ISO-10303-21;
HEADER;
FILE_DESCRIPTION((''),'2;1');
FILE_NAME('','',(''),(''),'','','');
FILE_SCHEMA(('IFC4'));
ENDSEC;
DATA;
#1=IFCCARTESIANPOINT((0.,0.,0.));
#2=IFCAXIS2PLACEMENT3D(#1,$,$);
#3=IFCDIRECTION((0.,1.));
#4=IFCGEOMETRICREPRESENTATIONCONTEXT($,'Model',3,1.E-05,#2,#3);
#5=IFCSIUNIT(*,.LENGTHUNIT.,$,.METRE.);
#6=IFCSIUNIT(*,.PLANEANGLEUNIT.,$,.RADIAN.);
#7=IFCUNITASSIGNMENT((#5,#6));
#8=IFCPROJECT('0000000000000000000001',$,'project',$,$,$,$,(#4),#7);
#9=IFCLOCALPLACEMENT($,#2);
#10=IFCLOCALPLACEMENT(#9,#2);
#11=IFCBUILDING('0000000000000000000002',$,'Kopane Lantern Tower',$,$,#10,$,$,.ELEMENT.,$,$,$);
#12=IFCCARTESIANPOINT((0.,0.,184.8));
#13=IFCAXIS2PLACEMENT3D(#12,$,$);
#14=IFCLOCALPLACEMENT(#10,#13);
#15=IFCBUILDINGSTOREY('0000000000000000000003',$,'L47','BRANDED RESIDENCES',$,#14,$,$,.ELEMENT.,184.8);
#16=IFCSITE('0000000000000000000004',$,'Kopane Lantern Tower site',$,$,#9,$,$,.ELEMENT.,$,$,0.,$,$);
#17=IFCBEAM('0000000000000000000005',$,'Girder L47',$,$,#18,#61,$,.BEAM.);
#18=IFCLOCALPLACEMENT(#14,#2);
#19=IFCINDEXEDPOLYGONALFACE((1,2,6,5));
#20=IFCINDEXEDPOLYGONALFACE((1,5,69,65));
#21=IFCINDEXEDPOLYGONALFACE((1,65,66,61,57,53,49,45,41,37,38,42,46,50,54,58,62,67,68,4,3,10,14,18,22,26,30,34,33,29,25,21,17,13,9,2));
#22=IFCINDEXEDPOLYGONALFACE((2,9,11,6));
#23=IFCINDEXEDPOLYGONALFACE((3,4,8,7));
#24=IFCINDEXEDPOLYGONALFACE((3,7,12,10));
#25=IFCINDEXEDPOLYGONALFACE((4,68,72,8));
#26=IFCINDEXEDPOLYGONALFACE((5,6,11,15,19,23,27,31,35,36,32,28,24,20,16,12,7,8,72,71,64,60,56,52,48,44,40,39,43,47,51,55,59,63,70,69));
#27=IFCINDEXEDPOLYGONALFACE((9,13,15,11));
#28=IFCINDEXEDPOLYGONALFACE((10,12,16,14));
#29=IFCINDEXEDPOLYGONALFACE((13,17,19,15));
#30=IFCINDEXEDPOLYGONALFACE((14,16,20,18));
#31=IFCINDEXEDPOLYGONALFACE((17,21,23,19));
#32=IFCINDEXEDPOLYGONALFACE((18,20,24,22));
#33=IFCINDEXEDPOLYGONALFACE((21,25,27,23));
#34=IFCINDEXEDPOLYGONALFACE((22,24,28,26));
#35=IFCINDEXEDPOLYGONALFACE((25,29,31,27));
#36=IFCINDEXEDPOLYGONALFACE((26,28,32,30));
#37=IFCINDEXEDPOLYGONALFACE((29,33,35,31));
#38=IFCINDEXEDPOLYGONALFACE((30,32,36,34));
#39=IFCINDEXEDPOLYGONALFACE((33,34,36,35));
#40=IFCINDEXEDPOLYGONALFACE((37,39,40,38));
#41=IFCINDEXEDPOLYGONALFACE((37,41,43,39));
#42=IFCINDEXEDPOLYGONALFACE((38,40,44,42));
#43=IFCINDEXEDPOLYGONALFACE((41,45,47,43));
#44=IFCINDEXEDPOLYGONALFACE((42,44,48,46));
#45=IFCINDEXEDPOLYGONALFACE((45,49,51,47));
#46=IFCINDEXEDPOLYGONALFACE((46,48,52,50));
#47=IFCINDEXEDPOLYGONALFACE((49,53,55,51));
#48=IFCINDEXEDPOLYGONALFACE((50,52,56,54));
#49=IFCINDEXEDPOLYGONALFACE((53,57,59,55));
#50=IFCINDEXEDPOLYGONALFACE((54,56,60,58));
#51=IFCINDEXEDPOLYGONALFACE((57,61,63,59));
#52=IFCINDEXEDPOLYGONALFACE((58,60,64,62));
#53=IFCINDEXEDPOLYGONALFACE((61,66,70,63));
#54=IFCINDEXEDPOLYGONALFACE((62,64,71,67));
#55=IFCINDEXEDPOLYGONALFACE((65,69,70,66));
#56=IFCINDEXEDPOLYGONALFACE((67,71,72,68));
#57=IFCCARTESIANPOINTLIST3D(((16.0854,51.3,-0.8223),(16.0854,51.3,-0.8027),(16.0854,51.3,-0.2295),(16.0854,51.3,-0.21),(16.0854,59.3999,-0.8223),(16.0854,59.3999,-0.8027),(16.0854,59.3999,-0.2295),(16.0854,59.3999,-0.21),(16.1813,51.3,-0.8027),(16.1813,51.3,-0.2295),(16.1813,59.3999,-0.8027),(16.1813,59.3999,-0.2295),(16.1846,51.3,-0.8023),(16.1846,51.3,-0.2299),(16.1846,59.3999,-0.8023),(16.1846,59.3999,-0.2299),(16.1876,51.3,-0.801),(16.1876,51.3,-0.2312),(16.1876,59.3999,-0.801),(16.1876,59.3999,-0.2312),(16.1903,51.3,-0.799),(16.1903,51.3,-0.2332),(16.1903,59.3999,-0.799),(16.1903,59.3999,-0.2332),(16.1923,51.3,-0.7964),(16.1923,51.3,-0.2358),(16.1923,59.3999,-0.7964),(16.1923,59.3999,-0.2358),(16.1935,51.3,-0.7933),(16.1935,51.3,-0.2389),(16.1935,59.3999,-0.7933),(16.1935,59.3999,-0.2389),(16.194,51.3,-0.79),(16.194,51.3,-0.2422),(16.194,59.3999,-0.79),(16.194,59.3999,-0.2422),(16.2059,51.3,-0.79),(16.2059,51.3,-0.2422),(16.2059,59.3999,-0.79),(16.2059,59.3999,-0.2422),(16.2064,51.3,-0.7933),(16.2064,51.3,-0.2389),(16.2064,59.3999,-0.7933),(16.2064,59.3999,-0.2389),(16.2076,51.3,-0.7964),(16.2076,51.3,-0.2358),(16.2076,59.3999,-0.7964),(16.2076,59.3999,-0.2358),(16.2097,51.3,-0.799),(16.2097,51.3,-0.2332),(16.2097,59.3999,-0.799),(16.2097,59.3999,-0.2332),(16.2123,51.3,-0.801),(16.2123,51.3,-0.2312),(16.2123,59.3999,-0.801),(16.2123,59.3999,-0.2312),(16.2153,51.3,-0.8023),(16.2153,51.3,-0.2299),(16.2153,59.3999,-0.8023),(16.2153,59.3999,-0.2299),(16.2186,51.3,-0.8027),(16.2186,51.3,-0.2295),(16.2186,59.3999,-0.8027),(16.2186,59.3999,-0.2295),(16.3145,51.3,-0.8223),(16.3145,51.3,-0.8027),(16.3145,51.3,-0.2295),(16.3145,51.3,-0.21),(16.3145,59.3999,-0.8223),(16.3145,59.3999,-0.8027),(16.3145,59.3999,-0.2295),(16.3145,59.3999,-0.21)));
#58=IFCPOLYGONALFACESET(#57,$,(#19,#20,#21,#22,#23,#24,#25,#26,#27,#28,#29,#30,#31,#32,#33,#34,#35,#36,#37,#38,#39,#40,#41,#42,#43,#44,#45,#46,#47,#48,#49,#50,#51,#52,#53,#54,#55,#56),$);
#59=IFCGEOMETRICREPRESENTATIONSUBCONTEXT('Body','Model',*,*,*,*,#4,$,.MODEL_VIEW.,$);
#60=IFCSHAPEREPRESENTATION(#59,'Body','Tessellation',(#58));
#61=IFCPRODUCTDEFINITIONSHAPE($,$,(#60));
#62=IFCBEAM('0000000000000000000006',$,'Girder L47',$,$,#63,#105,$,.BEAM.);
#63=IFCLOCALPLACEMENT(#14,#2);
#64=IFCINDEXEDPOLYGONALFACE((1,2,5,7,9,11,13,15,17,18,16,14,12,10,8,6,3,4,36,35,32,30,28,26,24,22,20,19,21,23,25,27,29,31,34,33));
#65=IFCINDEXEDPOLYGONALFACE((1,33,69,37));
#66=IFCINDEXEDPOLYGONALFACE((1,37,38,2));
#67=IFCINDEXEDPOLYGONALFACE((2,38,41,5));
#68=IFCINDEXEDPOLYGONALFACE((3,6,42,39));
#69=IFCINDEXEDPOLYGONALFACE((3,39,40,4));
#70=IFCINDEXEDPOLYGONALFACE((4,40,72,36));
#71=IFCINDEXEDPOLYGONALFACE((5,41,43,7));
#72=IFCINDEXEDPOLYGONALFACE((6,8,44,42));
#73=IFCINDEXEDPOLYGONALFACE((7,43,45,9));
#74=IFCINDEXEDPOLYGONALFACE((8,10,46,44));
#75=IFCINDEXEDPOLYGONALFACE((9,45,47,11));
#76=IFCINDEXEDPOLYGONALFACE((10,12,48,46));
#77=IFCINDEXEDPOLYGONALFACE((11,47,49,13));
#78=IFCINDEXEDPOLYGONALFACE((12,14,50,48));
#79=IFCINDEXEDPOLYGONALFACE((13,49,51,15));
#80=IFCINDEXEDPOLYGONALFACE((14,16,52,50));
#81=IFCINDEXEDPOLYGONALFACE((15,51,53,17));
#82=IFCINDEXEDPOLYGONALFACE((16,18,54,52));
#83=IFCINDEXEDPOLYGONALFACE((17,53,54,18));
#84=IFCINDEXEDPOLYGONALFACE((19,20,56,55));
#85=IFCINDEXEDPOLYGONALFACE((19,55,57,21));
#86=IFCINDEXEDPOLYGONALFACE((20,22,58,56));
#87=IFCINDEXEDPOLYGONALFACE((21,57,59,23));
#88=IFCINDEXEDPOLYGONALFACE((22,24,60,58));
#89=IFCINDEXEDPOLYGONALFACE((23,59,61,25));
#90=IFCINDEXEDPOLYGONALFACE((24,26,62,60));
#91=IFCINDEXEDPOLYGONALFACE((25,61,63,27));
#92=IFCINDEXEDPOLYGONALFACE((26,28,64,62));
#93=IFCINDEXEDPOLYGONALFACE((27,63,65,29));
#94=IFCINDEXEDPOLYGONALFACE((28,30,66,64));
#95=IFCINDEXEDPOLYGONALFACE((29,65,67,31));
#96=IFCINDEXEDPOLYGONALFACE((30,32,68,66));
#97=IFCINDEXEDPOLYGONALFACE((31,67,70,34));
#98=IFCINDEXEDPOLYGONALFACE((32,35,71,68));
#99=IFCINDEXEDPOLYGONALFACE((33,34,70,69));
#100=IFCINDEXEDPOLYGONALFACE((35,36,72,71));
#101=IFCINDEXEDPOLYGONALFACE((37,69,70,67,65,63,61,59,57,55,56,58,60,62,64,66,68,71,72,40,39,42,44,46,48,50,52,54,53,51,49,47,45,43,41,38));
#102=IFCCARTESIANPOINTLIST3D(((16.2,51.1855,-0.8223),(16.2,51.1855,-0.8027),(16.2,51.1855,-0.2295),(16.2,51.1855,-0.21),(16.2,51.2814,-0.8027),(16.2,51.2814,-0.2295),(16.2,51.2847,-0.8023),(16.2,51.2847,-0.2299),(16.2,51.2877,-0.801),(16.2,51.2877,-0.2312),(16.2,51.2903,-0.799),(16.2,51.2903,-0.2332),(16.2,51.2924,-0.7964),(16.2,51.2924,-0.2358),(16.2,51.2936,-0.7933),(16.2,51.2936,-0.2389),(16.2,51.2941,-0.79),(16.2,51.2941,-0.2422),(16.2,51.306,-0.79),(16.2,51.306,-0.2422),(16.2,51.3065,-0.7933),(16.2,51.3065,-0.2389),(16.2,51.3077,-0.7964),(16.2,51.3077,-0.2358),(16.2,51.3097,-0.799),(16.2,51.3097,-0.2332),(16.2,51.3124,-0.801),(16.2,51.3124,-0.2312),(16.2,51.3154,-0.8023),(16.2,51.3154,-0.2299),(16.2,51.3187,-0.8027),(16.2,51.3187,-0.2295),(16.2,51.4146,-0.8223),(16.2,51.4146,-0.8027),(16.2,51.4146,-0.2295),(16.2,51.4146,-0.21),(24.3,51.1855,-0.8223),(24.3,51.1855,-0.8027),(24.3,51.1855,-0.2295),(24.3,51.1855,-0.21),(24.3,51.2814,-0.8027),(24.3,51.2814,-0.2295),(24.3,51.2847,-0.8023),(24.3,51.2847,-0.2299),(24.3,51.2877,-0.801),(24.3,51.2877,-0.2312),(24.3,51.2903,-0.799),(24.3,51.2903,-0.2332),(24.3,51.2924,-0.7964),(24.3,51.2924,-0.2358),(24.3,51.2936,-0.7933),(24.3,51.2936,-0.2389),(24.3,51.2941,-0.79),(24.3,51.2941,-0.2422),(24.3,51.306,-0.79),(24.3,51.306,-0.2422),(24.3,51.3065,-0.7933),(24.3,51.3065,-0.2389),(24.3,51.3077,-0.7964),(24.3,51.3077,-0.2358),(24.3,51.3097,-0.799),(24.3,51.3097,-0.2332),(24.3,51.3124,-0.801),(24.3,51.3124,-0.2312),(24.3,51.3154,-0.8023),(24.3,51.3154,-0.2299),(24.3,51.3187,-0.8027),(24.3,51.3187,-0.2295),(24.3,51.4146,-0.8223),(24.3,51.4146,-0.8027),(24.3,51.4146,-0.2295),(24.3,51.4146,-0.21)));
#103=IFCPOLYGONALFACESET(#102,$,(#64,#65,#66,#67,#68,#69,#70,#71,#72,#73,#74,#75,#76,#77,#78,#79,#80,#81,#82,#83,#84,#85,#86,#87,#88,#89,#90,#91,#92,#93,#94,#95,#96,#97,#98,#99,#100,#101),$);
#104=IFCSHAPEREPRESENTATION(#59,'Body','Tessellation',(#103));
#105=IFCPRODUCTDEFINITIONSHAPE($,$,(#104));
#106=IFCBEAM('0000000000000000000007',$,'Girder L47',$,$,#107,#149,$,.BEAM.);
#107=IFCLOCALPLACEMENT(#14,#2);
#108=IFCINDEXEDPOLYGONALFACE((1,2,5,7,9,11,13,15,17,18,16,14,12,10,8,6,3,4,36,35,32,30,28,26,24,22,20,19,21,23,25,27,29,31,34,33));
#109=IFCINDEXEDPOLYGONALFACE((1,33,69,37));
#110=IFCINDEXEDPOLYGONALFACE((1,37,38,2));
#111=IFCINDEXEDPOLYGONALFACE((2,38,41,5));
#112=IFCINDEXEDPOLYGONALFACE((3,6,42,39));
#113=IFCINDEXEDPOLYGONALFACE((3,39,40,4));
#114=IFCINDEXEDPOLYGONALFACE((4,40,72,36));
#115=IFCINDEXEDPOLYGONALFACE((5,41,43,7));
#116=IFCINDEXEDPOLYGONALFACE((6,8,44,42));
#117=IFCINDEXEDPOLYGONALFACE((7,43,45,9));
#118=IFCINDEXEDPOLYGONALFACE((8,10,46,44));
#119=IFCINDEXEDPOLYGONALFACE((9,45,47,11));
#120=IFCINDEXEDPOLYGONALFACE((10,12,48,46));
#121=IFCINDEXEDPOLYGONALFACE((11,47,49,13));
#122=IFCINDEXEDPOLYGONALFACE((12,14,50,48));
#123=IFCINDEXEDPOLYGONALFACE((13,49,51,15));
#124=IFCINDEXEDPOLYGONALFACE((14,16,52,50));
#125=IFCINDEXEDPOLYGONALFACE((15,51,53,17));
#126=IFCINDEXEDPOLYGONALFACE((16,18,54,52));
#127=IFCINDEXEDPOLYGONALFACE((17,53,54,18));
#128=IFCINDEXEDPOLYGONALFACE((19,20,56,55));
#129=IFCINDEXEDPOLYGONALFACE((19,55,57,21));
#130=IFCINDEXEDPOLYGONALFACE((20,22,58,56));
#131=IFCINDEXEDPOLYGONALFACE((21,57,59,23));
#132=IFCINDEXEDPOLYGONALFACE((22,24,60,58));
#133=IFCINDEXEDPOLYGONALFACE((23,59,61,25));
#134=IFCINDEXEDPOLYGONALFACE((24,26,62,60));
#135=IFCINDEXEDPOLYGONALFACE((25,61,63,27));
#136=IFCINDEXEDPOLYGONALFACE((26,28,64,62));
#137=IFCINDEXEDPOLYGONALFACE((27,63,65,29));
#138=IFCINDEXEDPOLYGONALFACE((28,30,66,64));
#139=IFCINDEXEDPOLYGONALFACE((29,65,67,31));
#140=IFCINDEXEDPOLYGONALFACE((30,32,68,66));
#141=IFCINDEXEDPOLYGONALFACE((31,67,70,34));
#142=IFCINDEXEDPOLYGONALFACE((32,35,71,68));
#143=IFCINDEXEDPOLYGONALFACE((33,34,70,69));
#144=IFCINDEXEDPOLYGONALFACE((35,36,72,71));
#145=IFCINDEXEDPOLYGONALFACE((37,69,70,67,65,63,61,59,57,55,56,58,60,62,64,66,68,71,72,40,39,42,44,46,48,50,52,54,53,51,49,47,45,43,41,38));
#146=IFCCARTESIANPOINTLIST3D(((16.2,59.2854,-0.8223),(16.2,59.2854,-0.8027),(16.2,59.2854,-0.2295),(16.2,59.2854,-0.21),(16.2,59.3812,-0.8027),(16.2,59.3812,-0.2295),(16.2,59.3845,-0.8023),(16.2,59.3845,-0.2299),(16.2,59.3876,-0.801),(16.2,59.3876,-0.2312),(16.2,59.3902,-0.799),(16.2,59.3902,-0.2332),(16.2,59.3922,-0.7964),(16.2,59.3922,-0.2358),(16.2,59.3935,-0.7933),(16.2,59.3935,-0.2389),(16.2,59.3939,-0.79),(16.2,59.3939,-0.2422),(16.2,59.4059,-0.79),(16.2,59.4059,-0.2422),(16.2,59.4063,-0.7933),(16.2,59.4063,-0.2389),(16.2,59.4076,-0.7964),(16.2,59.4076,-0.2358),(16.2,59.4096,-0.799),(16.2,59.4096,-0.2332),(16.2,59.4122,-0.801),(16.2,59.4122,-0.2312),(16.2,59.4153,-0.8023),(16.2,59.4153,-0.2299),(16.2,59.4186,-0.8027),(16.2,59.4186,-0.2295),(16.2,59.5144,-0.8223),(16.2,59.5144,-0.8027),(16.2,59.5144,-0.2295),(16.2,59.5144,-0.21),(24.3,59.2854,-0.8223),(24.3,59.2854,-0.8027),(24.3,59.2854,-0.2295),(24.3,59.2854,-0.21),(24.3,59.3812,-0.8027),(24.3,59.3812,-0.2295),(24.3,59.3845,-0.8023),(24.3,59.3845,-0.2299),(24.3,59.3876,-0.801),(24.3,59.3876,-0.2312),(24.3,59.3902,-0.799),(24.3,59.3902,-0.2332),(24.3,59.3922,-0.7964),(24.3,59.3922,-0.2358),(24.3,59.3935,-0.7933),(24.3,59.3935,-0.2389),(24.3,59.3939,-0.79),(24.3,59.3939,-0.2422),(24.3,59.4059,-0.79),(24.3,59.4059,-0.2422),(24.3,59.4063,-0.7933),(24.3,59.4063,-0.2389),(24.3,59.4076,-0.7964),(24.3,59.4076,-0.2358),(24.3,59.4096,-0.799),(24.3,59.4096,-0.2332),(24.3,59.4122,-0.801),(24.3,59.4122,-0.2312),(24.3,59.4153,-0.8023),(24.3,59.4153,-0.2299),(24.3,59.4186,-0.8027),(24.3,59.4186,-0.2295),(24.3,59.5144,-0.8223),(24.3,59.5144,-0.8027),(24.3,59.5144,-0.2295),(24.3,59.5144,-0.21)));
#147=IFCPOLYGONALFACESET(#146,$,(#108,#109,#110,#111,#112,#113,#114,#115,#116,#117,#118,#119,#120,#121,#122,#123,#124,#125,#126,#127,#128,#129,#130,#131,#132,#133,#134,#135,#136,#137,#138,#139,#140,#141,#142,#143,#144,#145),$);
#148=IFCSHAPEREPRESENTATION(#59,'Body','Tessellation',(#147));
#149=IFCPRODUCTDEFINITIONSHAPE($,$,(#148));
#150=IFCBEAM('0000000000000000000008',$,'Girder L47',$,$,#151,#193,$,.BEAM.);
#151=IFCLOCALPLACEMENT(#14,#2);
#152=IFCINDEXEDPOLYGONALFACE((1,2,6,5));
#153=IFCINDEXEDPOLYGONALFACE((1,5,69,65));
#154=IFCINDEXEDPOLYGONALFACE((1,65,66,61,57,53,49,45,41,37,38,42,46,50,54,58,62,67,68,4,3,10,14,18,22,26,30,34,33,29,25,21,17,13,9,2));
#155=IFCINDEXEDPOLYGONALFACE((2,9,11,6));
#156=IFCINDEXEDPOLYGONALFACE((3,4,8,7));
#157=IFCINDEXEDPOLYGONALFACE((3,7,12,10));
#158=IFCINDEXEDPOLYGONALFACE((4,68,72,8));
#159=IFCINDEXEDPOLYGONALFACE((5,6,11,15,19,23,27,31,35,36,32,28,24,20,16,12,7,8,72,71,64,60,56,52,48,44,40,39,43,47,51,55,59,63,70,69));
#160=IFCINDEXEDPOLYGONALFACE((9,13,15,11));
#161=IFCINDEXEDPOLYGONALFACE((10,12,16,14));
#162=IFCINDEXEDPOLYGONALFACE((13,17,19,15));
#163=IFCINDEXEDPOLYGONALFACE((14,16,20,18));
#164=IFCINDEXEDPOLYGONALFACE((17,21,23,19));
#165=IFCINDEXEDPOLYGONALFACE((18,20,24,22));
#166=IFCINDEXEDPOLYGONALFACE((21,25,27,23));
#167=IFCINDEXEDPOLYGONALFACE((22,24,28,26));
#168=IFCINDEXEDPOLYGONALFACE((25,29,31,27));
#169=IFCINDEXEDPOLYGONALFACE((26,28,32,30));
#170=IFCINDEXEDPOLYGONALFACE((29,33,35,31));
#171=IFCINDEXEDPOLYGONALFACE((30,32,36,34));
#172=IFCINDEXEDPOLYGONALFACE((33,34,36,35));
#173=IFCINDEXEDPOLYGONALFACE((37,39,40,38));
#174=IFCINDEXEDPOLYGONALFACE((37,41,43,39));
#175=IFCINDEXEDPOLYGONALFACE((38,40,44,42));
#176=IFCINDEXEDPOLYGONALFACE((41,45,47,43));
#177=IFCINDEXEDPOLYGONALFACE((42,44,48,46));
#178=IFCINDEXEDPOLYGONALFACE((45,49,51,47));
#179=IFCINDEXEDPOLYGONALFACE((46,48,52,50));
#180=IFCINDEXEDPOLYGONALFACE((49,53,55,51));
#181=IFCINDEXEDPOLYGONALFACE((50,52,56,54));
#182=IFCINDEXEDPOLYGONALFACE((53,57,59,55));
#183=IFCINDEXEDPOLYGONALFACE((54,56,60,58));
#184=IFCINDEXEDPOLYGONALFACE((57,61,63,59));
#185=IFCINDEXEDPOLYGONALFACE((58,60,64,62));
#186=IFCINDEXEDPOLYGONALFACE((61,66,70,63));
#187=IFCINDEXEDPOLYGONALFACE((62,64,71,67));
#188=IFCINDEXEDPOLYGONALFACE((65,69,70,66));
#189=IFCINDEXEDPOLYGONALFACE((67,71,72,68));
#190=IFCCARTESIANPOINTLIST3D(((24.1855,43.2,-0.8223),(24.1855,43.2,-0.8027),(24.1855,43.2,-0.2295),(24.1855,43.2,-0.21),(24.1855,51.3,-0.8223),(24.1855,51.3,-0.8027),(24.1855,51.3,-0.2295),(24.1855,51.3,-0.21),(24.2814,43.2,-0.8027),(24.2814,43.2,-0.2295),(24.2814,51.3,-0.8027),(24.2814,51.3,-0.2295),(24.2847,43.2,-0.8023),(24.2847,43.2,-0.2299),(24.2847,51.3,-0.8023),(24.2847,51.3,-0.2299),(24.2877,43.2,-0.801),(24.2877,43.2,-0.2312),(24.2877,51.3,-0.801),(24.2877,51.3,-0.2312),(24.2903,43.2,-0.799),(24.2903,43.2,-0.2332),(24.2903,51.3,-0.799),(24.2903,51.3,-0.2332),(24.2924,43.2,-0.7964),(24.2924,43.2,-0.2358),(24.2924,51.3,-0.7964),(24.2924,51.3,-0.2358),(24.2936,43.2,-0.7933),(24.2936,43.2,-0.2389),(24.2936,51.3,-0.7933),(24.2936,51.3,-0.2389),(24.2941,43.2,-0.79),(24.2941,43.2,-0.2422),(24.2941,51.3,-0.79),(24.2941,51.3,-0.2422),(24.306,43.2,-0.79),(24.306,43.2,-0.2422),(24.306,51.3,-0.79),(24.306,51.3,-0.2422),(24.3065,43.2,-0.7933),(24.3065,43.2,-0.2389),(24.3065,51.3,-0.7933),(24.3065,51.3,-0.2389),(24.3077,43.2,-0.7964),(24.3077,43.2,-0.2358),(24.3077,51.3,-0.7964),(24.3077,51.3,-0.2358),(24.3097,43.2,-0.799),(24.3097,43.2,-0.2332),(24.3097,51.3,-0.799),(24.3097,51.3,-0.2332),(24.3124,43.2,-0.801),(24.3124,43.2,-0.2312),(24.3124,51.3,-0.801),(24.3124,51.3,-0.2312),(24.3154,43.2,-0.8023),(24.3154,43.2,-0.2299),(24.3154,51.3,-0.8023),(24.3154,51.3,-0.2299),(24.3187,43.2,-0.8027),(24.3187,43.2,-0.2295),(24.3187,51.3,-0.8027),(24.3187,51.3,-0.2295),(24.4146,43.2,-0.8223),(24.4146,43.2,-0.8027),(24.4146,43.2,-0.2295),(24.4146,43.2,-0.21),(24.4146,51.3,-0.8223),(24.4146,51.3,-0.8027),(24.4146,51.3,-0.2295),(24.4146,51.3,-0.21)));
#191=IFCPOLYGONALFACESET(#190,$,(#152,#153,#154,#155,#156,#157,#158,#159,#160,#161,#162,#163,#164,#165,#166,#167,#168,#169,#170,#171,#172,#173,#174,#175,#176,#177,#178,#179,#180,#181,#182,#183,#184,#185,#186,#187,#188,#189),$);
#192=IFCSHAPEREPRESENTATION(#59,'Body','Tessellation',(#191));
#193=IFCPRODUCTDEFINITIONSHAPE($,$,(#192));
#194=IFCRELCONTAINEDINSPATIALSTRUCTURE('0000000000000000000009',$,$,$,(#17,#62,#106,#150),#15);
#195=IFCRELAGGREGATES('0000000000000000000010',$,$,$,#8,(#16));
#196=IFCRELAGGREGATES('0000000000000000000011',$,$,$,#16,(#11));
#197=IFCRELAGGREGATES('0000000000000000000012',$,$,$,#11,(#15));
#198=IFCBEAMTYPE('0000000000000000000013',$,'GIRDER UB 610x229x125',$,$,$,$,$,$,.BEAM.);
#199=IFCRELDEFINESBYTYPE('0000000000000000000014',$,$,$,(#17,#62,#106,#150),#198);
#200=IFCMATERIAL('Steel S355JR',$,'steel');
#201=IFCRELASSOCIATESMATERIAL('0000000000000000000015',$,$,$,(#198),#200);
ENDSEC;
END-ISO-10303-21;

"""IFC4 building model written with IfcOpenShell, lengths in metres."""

from ifc_helpers import new_model, si_unit, direction, frame, origin, origin_2d, place, context, subcontext, project, spatial, i_section, extrude, material, material_profile, profile_set, type_object, element, save


model = new_model("IFC4")

# Units and contexts
model_context = context("Model", 3, precision=1e-05, world=origin(), true_north=direction((0.0, 1.0)))
body_context = subcontext(model_context, "Body", "Model", "MODEL_VIEW")
ifc_project = project(units=[si_unit("LENGTHUNIT", "METRE"), si_unit("PLANEANGLEUNIT", "RADIAN")], contexts=[model_context])

# Site, building, storey
site_placement = place(None, origin())
site = spatial("IfcSite", under=ifc_project, at=site_placement, Name="Kopane Lantern Tower site", CompositionType="ELEMENT", RefElevation=0.0)
building_placement = place(site_placement, origin())
building = spatial("IfcBuilding", under=site, at=building_placement, Name="Kopane Lantern Tower", CompositionType="ELEMENT")
storey_placement = place(building_placement, frame((0.0, 0.0, 184.8)))
storey = spatial("IfcBuildingStorey", under=building, at=storey_placement, Name="L47", Description="BRANDED RESIDENCES", CompositionType="ELEMENT", Elevation=184.8)

# Beams
ifc_material_1 = material(Name="Steel S355JR", Category="steel")
ifc_material_profile_1 = material_profile(ifc_material_1, i_section(OverallWidth=0.229, OverallDepth=0.6123, WebThickness=0.012, FlangeThickness=0.0195, FilletRadius=0.0127, at=origin_2d()), Name="UB 610x229x125")
ifc_profile_set_1 = profile_set([ifc_material_profile_1], Name="Steel S355JR")
beam_type = type_object("IfcBeamType", Name="GIRDER UB 610x229x125", PredefinedType="BEAM", material=ifc_profile_set_1)
beam_placement = place(storey_placement, frame((16.2, 51.3, -0.5161), z_axis=(0.0, 1.0, 0.0), x_axis=(-1.0, 0.0, 0.0)))
element("IfcBeam", 1, at=beam_placement, inside=storey, type_object=beam_type, Name="Girder L47", PredefinedType="BEAM", context=body_context, shape_type="SweptSolid", body=[
    extrude(i_section(OverallWidth=0.229, OverallDepth=0.6123, WebThickness=0.012, FlangeThickness=0.0195, FilletRadius=0.0127, at=origin_2d()), origin(), (0.0, 0.0, 1.0), 8.0999),
])
for number, where, z_axis, x_axis, name in (
    (2, (16.2, 51.3, -0.5161), (1.0, 0.0, 0.0), (0.0, 1.0, 0.0), "Girder L47"),
    (3, (16.2, 59.3999, -0.5161), (1.0, 0.0, 0.0), (0.0, 1.0, 0.0), "Girder L47"),
    (4, (24.3, 43.2, -0.5161), (0.0, 1.0, 0.0), (-1.0, 0.0, 0.0), "Girder L47"),
):
    element("IfcBeam", number, at=place(storey_placement, frame(where, z_axis=z_axis, x_axis=x_axis)), inside=storey, type_object=beam_type, Name=name, PredefinedType="BEAM", context=body_context, shape_type="SweptSolid", body=[
        extrude(i_section(OverallWidth=0.229, OverallDepth=0.6123, WebThickness=0.012, FlangeThickness=0.0195, FilletRadius=0.0127, at=origin_2d()), origin(), (0.0, 0.0, 1.0), 8.1001),
    ])

save(model, "model.ifc")
